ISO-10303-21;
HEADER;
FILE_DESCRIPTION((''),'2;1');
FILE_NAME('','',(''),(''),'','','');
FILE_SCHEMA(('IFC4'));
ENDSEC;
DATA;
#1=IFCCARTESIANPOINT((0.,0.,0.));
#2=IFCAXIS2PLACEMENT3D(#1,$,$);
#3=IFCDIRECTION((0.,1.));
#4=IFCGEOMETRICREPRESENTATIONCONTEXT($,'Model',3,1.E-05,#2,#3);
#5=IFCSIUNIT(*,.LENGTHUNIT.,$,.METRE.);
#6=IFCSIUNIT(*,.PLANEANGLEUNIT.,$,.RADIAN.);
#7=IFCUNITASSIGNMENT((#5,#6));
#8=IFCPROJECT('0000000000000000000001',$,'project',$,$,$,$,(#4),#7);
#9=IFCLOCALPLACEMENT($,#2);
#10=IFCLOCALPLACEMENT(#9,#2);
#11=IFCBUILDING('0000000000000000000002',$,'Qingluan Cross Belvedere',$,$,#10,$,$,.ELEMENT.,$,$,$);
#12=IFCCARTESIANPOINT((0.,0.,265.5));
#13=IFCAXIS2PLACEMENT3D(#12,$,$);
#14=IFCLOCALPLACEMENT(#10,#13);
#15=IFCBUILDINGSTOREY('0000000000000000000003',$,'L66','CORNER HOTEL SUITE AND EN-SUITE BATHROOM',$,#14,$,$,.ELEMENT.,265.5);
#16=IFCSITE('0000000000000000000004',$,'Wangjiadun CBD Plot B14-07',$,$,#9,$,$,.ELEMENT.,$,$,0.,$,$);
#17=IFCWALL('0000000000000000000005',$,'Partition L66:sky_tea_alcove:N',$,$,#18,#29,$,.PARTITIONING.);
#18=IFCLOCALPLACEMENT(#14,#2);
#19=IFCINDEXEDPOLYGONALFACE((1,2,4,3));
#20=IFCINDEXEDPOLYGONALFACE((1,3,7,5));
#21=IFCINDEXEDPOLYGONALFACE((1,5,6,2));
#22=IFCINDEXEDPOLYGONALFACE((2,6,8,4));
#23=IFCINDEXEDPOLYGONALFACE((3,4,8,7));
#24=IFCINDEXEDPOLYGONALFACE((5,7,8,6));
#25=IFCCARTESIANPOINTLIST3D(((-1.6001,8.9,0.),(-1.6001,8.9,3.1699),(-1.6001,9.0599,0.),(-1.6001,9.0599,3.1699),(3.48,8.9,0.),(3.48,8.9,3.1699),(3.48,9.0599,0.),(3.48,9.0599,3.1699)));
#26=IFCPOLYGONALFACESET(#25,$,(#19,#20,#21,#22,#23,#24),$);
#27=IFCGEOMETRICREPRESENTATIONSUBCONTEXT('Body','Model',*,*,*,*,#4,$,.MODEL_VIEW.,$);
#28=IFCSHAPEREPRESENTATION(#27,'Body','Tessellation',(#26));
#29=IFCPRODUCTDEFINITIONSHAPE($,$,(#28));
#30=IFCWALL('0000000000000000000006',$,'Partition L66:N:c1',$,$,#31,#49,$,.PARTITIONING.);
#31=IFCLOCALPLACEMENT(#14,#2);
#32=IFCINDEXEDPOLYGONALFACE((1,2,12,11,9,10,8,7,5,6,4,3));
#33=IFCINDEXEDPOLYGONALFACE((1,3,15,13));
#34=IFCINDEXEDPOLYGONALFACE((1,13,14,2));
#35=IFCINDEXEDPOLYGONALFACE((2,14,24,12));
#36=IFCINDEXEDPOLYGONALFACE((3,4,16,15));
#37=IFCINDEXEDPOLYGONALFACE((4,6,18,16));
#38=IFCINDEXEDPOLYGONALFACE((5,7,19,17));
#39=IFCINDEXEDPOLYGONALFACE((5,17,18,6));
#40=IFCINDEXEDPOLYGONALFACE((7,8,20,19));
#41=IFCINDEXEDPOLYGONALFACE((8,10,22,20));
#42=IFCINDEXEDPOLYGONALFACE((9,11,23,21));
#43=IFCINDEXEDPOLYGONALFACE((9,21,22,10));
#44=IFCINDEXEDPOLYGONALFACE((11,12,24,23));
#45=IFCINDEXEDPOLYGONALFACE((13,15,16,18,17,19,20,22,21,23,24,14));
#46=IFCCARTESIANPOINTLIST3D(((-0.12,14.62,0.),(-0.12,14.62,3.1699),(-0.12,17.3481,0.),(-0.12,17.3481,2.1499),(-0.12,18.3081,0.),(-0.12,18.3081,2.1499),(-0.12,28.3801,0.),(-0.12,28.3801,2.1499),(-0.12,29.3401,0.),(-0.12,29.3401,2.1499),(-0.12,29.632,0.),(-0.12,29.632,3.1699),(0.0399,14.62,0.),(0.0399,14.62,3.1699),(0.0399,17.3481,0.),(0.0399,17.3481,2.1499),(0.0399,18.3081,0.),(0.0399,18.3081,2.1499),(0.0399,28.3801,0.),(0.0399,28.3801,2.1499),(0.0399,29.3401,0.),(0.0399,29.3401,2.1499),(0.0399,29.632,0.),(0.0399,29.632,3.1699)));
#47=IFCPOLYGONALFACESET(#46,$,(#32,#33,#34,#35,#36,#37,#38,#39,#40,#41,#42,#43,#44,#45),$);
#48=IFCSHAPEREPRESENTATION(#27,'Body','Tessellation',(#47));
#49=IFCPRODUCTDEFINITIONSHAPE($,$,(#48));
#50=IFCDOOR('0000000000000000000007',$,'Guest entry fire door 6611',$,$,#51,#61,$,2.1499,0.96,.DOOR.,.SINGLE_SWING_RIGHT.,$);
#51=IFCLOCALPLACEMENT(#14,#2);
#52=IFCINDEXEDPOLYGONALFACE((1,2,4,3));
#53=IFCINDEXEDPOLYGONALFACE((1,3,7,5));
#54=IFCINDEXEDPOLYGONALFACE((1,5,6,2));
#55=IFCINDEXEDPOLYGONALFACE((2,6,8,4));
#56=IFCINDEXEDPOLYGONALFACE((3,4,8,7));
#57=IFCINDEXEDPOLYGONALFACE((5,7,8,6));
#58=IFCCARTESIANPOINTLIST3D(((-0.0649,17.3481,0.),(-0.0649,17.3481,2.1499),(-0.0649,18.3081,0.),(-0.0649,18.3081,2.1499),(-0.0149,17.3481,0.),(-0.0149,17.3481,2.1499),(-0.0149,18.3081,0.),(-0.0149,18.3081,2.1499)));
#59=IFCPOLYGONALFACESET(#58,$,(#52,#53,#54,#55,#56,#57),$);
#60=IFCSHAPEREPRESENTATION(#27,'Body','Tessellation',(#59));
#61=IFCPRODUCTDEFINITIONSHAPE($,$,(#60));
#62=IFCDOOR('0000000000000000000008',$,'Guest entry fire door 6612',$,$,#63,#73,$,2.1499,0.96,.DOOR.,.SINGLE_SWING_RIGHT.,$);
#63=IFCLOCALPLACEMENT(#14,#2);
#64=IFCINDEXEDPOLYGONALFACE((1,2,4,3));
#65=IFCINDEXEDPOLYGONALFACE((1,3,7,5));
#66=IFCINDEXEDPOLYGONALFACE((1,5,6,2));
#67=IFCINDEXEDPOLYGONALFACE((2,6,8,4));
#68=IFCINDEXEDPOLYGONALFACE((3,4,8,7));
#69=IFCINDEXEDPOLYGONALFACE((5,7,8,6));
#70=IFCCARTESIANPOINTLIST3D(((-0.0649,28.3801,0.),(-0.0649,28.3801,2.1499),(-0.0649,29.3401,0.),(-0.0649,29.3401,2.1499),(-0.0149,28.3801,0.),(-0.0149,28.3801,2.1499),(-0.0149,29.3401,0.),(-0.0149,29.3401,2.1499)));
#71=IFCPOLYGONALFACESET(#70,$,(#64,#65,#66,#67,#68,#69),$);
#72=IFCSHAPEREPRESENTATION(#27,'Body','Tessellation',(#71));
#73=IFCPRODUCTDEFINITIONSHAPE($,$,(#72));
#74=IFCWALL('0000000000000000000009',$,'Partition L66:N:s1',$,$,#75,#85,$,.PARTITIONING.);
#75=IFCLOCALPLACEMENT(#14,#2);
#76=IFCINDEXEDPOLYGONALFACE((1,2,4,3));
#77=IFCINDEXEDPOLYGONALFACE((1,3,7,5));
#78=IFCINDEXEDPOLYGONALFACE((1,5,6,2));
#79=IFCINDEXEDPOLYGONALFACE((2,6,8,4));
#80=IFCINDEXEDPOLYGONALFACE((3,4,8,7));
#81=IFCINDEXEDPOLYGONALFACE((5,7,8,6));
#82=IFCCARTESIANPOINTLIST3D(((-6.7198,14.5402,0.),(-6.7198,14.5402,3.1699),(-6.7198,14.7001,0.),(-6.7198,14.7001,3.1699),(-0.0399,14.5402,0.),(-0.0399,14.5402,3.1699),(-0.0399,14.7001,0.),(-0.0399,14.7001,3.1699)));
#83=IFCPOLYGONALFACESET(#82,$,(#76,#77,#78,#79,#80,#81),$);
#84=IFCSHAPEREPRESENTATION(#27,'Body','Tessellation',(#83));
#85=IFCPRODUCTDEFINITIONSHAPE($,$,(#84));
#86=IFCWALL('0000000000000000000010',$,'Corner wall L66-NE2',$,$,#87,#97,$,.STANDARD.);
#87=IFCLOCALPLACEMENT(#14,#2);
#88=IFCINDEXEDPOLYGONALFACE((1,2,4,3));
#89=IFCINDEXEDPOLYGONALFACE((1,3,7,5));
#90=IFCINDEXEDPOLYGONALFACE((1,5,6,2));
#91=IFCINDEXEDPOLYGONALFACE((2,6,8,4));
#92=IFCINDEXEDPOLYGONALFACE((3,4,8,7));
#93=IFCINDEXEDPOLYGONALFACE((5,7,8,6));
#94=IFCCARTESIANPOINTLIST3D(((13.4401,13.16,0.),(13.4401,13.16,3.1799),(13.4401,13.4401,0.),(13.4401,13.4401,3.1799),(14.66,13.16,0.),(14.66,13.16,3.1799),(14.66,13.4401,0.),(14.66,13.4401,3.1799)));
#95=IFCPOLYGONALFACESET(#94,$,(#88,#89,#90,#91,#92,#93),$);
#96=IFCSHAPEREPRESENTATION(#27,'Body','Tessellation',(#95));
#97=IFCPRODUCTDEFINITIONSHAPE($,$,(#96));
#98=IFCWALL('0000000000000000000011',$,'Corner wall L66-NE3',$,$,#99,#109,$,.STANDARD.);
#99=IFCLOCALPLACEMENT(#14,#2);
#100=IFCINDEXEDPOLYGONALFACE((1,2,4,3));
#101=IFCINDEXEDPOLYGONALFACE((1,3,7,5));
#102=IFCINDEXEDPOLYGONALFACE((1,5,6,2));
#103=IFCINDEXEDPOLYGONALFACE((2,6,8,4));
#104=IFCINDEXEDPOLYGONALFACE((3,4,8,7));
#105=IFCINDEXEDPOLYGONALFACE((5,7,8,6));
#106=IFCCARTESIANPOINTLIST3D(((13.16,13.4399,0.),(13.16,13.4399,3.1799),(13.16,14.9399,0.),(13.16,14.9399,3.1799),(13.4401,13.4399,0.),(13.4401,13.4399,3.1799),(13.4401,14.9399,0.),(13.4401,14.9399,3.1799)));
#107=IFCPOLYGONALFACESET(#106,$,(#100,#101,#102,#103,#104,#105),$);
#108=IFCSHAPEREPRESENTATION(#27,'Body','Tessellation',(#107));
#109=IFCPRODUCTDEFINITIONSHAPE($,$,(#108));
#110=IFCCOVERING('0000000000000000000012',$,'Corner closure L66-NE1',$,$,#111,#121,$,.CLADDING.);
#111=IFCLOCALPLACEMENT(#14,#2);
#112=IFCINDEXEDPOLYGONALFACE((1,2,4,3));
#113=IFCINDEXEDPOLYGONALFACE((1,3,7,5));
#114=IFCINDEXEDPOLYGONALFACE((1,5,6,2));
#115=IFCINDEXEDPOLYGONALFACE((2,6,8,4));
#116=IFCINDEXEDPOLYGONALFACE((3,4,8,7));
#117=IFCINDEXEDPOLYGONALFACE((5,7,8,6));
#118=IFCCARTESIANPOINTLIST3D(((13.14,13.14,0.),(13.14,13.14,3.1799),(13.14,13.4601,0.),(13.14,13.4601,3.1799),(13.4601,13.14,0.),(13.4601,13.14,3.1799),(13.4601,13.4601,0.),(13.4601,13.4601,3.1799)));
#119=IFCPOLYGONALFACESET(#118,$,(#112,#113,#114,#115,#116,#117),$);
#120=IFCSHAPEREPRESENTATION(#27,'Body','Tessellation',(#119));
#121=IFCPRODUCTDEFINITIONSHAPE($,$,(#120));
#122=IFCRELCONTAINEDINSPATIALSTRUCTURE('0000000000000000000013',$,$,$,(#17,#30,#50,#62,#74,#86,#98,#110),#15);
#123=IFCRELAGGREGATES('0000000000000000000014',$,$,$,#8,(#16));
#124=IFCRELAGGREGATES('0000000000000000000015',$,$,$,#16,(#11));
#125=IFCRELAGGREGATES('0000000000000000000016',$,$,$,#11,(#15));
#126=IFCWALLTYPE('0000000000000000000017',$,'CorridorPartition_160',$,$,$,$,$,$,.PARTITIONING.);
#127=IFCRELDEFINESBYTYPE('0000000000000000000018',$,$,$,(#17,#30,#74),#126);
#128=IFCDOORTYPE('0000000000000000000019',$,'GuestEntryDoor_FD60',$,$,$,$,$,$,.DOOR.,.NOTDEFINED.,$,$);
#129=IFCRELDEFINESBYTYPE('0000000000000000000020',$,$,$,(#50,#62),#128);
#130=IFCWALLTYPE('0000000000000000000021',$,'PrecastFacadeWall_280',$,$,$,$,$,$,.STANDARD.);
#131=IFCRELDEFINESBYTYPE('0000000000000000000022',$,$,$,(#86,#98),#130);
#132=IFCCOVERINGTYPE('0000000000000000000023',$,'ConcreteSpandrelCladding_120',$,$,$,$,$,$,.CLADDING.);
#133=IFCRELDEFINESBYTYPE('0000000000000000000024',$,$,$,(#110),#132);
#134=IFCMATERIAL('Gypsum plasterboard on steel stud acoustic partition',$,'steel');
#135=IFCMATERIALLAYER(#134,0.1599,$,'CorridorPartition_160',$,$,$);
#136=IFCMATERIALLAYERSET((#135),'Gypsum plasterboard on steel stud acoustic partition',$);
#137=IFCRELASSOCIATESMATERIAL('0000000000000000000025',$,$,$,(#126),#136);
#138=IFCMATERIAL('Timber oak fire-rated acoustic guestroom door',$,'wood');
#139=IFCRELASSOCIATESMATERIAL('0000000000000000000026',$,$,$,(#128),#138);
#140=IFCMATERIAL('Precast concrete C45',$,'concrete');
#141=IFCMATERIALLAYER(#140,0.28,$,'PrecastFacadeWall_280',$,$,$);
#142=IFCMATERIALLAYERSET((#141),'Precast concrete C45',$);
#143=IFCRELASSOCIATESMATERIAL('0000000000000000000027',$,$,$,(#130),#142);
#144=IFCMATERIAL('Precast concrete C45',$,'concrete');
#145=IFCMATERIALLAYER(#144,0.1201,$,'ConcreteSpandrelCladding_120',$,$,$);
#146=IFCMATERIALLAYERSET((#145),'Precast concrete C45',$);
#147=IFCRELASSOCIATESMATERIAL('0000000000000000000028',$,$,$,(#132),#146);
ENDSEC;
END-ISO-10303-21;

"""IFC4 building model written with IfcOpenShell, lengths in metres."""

from ifc_helpers import new_model, si_unit, direction, frame, frame_2d, origin, origin_2d, place, context, subcontext, project, spatial, rectangle, extrude, material, layer, layer_set, type_object, element, fill, save


model = new_model("IFC4")

# Units and contexts
model_context = context("Model", 3, precision=1e-05, world=origin(), true_north=direction((0.0, 1.0)))
body_context = subcontext(model_context, "Body", "Model", "MODEL_VIEW")
ifc_project = project(units=[si_unit("LENGTHUNIT", "METRE"), si_unit("PLANEANGLEUNIT", "RADIAN")], contexts=[model_context])

# Site, building, storey
site_placement = place(None, origin())
site = spatial("IfcSite", under=ifc_project, at=site_placement, Name="Wangjiadun CBD Plot B14-07", CompositionType="ELEMENT", RefElevation=0.0)
building_placement = place(site_placement, origin())
building = spatial("IfcBuilding", under=site, at=building_placement, Name="Qingluan Cross Belvedere", CompositionType="ELEMENT")
storey_placement = place(building_placement, frame((0.0, 0.0, 265.5)))
storey = spatial("IfcBuildingStorey", under=building, at=storey_placement, Name="L66", Description="CORNER HOTEL SUITE AND EN-SUITE BATHROOM", CompositionType="ELEMENT", Elevation=265.5)

# Shared definitions
ifc_material_1 = material(Name="Gypsum plasterboard on steel stud acoustic partition", Category="steel")
ifc_layer_1 = layer(ifc_material_1, 0.1599, Name="CorridorPartition_160")
ifc_layer_set_1 = layer_set([ifc_layer_1], Name="Gypsum plasterboard on steel stud acoustic partition")
wall_type_1 = type_object("IfcWallType", Name="CorridorPartition_160", PredefinedType="PARTITIONING", material=ifc_layer_set_1)
ifc_material_2 = material(Name="Timber oak fire-rated acoustic guestroom door", Category="wood")
door_type = type_object("IfcDoorType", Name="GuestEntryDoor_FD60", OperationType="NOTDEFINED", PredefinedType="DOOR", material=ifc_material_2)

# Wall
wall_1_placement = place(storey_placement, frame((-1.6001, 8.98, 0.0), z_axis=(0.0, 0.0, 1.0), x_axis=(1.0, 0.0, 0.0)))
element("IfcWall", 1, at=wall_1_placement, inside=storey, type_object=wall_type_1, Name="Partition L66:sky_tea_alcove:N", PredefinedType="PARTITIONING", context=body_context, shape_type="SweptSolid", body=[
    extrude(rectangle(XDim=5.0801, YDim=0.1599, at=frame_2d((2.54, 0.0))), origin(), (0.0, 0.0, 1.0), 3.1699),
])

# Wall, openings, doors
wall_2_placement = place(storey_placement, frame((-0.04, 14.6201, 0.0), z_axis=(0.0, 0.0, 1.0), x_axis=(0.0, 1.0, 0.0)))
wall_2 = element("IfcWall", 2, at=wall_2_placement, inside=storey, type_object=wall_type_1, Name="Partition L66:N:c1", PredefinedType="PARTITIONING", context=body_context, shape_type="SweptSolid", body=[
    extrude(rectangle(XDim=15.012, YDim=0.1599, at=frame_2d((7.5059, 0.0))), origin(), (0.0, 0.0, 1.0), 3.1699),
])
opening_1_placement = place(wall_2_placement, frame((2.728, 0.0, 0.0)))
opening_1 = element("IfcOpeningElement", 3, at=opening_1_placement, cuts=wall_2, PredefinedType="OPENING", context=body_context, shape_type="SweptSolid", body=[
    extrude(rectangle(XDim=0.96, YDim=2.1499, at=frame_2d((0.48, 1.075))), frame((0.0, 0.0898, 0.0), z_axis=(0.0, -1.0, 0.0), x_axis=(1.0, 0.0, 0.0)), (0.0, 0.0, 1.0), 0.1799),
])
opening_2_placement = place(wall_2_placement, frame((13.76, 0.0, 0.0)))
opening_2 = element("IfcOpeningElement", 4, at=opening_2_placement, cuts=wall_2, PredefinedType="OPENING", context=body_context, shape_type="SweptSolid", body=[
    extrude(rectangle(XDim=0.96, YDim=2.1499, at=frame_2d((0.48, 1.075))), frame((0.0, 0.0898, 0.0), z_axis=(0.0, -1.0, 0.0), x_axis=(1.0, 0.0, 0.0)), (0.0, 0.0, 1.0), 0.1799),
])
door_1_placement = place(opening_1_placement, origin())
door_1 = element("IfcDoor", 5, at=door_1_placement, inside=storey, type_object=door_type, Name="Guest entry fire door 6611", OperationType="SINGLE_SWING_RIGHT", OverallHeight=2.1499, OverallWidth=0.96, PredefinedType="DOOR", context=body_context, shape_type="SweptSolid", body=[
    extrude(rectangle(XDim=0.96, YDim=2.1499, at=frame_2d((0.48, 1.075))), frame((0.0, 0.0249, 0.0), z_axis=(0.0, -1.0, 0.0), x_axis=(1.0, 0.0, 0.0)), (0.0, 0.0, 1.0), 0.05),
])
fill(opening_1, door_1)
door_2_placement = place(opening_2_placement, origin())
door_2 = element("IfcDoor", 6, at=door_2_placement, inside=storey, type_object=door_type, Name="Guest entry fire door 6612", OperationType="SINGLE_SWING_RIGHT", OverallHeight=2.1499, OverallWidth=0.96, PredefinedType="DOOR", context=body_context, shape_type="SweptSolid", body=[
    extrude(rectangle(XDim=0.96, YDim=2.1499, at=frame_2d((0.48, 1.075))), frame((0.0, 0.0249, 0.0), z_axis=(0.0, -1.0, 0.0), x_axis=(1.0, 0.0, 0.0)), (0.0, 0.0, 1.0), 0.05),
])
fill(opening_2, door_2)

# Walls
wall_3_placement = place(storey_placement, frame((-0.04, 14.6201, 0.0), z_axis=(0.0, 0.0, 1.0), x_axis=(-1.0, 0.0, 0.0)))
element("IfcWall", 7, at=wall_3_placement, inside=storey, type_object=wall_type_1, Name="Partition L66:N:s1", PredefinedType="PARTITIONING", context=body_context, shape_type="SweptSolid", body=[
    extrude(rectangle(XDim=6.6799, YDim=0.1599, at=frame_2d((3.3398, 0.0))), origin(), (0.0, 0.0, 1.0), 3.1699),
])
ifc_material_3 = material(Name="Precast concrete C45", Category="concrete")
ifc_layer_2 = layer(ifc_material_3, 0.28, Name="PrecastFacadeWall_280")
ifc_layer_set_2 = layer_set([ifc_layer_2], Name="Precast concrete C45")
wall_type_2 = type_object("IfcWallType", Name="PrecastFacadeWall_280", PredefinedType="STANDARD", material=ifc_layer_set_2)
wall_4_placement = place(storey_placement, frame((14.6599, 13.3, 0.0), z_axis=(0.0, 0.0, 1.0), x_axis=(-1.0, 0.0, 0.0)))
element("IfcWall", 8, at=wall_4_placement, inside=storey, type_object=wall_type_2, Name="Corner wall L66-NE2", PredefinedType="STANDARD", context=body_context, shape_type="SweptSolid", body=[
    extrude(rectangle(XDim=1.22, YDim=0.28, at=frame_2d((0.6099, 0.0))), origin(), (0.0, 0.0, 1.0), 3.1799),
])
wall_5_placement = place(storey_placement, frame((13.3, 13.4399, 0.0), z_axis=(0.0, 0.0, 1.0), x_axis=(0.0, 1.0, 0.0)))
element("IfcWall", 9, at=wall_5_placement, inside=storey, type_object=wall_type_2, Name="Corner wall L66-NE3", PredefinedType="STANDARD", context=body_context, shape_type="SweptSolid", body=[
    extrude(rectangle(XDim=1.5, YDim=0.28, at=frame_2d((0.75, 0.0))), origin(), (0.0, 0.0, 1.0), 3.1799),
])

# Covering
ifc_material_4 = material(Name="Precast concrete C45", Category="concrete")
ifc_layer_3 = layer(ifc_material_4, 0.1201, Name="ConcreteSpandrelCladding_120")
ifc_layer_set_3 = layer_set([ifc_layer_3], Name="Precast concrete C45")
covering_type = type_object("IfcCoveringType", Name="ConcreteSpandrelCladding_120", PredefinedType="CLADDING", material=ifc_layer_set_3)
covering_placement = place(storey_placement, frame((13.3, 13.3, 0.0), z_axis=(0.0, 0.0, 1.0), x_axis=(1.0, 0.0, 0.0)))
element("IfcCovering", 10, at=covering_placement, inside=storey, type_object=covering_type, Name="Corner closure L66-NE1", PredefinedType="CLADDING", context=body_context, shape_type="SweptSolid", body=[
    extrude(rectangle(XDim=0.3201, YDim=0.3201, at=origin_2d()), origin(), (0.0, 0.0, 1.0), 3.1799),
])

save(model, "model.ifc")
